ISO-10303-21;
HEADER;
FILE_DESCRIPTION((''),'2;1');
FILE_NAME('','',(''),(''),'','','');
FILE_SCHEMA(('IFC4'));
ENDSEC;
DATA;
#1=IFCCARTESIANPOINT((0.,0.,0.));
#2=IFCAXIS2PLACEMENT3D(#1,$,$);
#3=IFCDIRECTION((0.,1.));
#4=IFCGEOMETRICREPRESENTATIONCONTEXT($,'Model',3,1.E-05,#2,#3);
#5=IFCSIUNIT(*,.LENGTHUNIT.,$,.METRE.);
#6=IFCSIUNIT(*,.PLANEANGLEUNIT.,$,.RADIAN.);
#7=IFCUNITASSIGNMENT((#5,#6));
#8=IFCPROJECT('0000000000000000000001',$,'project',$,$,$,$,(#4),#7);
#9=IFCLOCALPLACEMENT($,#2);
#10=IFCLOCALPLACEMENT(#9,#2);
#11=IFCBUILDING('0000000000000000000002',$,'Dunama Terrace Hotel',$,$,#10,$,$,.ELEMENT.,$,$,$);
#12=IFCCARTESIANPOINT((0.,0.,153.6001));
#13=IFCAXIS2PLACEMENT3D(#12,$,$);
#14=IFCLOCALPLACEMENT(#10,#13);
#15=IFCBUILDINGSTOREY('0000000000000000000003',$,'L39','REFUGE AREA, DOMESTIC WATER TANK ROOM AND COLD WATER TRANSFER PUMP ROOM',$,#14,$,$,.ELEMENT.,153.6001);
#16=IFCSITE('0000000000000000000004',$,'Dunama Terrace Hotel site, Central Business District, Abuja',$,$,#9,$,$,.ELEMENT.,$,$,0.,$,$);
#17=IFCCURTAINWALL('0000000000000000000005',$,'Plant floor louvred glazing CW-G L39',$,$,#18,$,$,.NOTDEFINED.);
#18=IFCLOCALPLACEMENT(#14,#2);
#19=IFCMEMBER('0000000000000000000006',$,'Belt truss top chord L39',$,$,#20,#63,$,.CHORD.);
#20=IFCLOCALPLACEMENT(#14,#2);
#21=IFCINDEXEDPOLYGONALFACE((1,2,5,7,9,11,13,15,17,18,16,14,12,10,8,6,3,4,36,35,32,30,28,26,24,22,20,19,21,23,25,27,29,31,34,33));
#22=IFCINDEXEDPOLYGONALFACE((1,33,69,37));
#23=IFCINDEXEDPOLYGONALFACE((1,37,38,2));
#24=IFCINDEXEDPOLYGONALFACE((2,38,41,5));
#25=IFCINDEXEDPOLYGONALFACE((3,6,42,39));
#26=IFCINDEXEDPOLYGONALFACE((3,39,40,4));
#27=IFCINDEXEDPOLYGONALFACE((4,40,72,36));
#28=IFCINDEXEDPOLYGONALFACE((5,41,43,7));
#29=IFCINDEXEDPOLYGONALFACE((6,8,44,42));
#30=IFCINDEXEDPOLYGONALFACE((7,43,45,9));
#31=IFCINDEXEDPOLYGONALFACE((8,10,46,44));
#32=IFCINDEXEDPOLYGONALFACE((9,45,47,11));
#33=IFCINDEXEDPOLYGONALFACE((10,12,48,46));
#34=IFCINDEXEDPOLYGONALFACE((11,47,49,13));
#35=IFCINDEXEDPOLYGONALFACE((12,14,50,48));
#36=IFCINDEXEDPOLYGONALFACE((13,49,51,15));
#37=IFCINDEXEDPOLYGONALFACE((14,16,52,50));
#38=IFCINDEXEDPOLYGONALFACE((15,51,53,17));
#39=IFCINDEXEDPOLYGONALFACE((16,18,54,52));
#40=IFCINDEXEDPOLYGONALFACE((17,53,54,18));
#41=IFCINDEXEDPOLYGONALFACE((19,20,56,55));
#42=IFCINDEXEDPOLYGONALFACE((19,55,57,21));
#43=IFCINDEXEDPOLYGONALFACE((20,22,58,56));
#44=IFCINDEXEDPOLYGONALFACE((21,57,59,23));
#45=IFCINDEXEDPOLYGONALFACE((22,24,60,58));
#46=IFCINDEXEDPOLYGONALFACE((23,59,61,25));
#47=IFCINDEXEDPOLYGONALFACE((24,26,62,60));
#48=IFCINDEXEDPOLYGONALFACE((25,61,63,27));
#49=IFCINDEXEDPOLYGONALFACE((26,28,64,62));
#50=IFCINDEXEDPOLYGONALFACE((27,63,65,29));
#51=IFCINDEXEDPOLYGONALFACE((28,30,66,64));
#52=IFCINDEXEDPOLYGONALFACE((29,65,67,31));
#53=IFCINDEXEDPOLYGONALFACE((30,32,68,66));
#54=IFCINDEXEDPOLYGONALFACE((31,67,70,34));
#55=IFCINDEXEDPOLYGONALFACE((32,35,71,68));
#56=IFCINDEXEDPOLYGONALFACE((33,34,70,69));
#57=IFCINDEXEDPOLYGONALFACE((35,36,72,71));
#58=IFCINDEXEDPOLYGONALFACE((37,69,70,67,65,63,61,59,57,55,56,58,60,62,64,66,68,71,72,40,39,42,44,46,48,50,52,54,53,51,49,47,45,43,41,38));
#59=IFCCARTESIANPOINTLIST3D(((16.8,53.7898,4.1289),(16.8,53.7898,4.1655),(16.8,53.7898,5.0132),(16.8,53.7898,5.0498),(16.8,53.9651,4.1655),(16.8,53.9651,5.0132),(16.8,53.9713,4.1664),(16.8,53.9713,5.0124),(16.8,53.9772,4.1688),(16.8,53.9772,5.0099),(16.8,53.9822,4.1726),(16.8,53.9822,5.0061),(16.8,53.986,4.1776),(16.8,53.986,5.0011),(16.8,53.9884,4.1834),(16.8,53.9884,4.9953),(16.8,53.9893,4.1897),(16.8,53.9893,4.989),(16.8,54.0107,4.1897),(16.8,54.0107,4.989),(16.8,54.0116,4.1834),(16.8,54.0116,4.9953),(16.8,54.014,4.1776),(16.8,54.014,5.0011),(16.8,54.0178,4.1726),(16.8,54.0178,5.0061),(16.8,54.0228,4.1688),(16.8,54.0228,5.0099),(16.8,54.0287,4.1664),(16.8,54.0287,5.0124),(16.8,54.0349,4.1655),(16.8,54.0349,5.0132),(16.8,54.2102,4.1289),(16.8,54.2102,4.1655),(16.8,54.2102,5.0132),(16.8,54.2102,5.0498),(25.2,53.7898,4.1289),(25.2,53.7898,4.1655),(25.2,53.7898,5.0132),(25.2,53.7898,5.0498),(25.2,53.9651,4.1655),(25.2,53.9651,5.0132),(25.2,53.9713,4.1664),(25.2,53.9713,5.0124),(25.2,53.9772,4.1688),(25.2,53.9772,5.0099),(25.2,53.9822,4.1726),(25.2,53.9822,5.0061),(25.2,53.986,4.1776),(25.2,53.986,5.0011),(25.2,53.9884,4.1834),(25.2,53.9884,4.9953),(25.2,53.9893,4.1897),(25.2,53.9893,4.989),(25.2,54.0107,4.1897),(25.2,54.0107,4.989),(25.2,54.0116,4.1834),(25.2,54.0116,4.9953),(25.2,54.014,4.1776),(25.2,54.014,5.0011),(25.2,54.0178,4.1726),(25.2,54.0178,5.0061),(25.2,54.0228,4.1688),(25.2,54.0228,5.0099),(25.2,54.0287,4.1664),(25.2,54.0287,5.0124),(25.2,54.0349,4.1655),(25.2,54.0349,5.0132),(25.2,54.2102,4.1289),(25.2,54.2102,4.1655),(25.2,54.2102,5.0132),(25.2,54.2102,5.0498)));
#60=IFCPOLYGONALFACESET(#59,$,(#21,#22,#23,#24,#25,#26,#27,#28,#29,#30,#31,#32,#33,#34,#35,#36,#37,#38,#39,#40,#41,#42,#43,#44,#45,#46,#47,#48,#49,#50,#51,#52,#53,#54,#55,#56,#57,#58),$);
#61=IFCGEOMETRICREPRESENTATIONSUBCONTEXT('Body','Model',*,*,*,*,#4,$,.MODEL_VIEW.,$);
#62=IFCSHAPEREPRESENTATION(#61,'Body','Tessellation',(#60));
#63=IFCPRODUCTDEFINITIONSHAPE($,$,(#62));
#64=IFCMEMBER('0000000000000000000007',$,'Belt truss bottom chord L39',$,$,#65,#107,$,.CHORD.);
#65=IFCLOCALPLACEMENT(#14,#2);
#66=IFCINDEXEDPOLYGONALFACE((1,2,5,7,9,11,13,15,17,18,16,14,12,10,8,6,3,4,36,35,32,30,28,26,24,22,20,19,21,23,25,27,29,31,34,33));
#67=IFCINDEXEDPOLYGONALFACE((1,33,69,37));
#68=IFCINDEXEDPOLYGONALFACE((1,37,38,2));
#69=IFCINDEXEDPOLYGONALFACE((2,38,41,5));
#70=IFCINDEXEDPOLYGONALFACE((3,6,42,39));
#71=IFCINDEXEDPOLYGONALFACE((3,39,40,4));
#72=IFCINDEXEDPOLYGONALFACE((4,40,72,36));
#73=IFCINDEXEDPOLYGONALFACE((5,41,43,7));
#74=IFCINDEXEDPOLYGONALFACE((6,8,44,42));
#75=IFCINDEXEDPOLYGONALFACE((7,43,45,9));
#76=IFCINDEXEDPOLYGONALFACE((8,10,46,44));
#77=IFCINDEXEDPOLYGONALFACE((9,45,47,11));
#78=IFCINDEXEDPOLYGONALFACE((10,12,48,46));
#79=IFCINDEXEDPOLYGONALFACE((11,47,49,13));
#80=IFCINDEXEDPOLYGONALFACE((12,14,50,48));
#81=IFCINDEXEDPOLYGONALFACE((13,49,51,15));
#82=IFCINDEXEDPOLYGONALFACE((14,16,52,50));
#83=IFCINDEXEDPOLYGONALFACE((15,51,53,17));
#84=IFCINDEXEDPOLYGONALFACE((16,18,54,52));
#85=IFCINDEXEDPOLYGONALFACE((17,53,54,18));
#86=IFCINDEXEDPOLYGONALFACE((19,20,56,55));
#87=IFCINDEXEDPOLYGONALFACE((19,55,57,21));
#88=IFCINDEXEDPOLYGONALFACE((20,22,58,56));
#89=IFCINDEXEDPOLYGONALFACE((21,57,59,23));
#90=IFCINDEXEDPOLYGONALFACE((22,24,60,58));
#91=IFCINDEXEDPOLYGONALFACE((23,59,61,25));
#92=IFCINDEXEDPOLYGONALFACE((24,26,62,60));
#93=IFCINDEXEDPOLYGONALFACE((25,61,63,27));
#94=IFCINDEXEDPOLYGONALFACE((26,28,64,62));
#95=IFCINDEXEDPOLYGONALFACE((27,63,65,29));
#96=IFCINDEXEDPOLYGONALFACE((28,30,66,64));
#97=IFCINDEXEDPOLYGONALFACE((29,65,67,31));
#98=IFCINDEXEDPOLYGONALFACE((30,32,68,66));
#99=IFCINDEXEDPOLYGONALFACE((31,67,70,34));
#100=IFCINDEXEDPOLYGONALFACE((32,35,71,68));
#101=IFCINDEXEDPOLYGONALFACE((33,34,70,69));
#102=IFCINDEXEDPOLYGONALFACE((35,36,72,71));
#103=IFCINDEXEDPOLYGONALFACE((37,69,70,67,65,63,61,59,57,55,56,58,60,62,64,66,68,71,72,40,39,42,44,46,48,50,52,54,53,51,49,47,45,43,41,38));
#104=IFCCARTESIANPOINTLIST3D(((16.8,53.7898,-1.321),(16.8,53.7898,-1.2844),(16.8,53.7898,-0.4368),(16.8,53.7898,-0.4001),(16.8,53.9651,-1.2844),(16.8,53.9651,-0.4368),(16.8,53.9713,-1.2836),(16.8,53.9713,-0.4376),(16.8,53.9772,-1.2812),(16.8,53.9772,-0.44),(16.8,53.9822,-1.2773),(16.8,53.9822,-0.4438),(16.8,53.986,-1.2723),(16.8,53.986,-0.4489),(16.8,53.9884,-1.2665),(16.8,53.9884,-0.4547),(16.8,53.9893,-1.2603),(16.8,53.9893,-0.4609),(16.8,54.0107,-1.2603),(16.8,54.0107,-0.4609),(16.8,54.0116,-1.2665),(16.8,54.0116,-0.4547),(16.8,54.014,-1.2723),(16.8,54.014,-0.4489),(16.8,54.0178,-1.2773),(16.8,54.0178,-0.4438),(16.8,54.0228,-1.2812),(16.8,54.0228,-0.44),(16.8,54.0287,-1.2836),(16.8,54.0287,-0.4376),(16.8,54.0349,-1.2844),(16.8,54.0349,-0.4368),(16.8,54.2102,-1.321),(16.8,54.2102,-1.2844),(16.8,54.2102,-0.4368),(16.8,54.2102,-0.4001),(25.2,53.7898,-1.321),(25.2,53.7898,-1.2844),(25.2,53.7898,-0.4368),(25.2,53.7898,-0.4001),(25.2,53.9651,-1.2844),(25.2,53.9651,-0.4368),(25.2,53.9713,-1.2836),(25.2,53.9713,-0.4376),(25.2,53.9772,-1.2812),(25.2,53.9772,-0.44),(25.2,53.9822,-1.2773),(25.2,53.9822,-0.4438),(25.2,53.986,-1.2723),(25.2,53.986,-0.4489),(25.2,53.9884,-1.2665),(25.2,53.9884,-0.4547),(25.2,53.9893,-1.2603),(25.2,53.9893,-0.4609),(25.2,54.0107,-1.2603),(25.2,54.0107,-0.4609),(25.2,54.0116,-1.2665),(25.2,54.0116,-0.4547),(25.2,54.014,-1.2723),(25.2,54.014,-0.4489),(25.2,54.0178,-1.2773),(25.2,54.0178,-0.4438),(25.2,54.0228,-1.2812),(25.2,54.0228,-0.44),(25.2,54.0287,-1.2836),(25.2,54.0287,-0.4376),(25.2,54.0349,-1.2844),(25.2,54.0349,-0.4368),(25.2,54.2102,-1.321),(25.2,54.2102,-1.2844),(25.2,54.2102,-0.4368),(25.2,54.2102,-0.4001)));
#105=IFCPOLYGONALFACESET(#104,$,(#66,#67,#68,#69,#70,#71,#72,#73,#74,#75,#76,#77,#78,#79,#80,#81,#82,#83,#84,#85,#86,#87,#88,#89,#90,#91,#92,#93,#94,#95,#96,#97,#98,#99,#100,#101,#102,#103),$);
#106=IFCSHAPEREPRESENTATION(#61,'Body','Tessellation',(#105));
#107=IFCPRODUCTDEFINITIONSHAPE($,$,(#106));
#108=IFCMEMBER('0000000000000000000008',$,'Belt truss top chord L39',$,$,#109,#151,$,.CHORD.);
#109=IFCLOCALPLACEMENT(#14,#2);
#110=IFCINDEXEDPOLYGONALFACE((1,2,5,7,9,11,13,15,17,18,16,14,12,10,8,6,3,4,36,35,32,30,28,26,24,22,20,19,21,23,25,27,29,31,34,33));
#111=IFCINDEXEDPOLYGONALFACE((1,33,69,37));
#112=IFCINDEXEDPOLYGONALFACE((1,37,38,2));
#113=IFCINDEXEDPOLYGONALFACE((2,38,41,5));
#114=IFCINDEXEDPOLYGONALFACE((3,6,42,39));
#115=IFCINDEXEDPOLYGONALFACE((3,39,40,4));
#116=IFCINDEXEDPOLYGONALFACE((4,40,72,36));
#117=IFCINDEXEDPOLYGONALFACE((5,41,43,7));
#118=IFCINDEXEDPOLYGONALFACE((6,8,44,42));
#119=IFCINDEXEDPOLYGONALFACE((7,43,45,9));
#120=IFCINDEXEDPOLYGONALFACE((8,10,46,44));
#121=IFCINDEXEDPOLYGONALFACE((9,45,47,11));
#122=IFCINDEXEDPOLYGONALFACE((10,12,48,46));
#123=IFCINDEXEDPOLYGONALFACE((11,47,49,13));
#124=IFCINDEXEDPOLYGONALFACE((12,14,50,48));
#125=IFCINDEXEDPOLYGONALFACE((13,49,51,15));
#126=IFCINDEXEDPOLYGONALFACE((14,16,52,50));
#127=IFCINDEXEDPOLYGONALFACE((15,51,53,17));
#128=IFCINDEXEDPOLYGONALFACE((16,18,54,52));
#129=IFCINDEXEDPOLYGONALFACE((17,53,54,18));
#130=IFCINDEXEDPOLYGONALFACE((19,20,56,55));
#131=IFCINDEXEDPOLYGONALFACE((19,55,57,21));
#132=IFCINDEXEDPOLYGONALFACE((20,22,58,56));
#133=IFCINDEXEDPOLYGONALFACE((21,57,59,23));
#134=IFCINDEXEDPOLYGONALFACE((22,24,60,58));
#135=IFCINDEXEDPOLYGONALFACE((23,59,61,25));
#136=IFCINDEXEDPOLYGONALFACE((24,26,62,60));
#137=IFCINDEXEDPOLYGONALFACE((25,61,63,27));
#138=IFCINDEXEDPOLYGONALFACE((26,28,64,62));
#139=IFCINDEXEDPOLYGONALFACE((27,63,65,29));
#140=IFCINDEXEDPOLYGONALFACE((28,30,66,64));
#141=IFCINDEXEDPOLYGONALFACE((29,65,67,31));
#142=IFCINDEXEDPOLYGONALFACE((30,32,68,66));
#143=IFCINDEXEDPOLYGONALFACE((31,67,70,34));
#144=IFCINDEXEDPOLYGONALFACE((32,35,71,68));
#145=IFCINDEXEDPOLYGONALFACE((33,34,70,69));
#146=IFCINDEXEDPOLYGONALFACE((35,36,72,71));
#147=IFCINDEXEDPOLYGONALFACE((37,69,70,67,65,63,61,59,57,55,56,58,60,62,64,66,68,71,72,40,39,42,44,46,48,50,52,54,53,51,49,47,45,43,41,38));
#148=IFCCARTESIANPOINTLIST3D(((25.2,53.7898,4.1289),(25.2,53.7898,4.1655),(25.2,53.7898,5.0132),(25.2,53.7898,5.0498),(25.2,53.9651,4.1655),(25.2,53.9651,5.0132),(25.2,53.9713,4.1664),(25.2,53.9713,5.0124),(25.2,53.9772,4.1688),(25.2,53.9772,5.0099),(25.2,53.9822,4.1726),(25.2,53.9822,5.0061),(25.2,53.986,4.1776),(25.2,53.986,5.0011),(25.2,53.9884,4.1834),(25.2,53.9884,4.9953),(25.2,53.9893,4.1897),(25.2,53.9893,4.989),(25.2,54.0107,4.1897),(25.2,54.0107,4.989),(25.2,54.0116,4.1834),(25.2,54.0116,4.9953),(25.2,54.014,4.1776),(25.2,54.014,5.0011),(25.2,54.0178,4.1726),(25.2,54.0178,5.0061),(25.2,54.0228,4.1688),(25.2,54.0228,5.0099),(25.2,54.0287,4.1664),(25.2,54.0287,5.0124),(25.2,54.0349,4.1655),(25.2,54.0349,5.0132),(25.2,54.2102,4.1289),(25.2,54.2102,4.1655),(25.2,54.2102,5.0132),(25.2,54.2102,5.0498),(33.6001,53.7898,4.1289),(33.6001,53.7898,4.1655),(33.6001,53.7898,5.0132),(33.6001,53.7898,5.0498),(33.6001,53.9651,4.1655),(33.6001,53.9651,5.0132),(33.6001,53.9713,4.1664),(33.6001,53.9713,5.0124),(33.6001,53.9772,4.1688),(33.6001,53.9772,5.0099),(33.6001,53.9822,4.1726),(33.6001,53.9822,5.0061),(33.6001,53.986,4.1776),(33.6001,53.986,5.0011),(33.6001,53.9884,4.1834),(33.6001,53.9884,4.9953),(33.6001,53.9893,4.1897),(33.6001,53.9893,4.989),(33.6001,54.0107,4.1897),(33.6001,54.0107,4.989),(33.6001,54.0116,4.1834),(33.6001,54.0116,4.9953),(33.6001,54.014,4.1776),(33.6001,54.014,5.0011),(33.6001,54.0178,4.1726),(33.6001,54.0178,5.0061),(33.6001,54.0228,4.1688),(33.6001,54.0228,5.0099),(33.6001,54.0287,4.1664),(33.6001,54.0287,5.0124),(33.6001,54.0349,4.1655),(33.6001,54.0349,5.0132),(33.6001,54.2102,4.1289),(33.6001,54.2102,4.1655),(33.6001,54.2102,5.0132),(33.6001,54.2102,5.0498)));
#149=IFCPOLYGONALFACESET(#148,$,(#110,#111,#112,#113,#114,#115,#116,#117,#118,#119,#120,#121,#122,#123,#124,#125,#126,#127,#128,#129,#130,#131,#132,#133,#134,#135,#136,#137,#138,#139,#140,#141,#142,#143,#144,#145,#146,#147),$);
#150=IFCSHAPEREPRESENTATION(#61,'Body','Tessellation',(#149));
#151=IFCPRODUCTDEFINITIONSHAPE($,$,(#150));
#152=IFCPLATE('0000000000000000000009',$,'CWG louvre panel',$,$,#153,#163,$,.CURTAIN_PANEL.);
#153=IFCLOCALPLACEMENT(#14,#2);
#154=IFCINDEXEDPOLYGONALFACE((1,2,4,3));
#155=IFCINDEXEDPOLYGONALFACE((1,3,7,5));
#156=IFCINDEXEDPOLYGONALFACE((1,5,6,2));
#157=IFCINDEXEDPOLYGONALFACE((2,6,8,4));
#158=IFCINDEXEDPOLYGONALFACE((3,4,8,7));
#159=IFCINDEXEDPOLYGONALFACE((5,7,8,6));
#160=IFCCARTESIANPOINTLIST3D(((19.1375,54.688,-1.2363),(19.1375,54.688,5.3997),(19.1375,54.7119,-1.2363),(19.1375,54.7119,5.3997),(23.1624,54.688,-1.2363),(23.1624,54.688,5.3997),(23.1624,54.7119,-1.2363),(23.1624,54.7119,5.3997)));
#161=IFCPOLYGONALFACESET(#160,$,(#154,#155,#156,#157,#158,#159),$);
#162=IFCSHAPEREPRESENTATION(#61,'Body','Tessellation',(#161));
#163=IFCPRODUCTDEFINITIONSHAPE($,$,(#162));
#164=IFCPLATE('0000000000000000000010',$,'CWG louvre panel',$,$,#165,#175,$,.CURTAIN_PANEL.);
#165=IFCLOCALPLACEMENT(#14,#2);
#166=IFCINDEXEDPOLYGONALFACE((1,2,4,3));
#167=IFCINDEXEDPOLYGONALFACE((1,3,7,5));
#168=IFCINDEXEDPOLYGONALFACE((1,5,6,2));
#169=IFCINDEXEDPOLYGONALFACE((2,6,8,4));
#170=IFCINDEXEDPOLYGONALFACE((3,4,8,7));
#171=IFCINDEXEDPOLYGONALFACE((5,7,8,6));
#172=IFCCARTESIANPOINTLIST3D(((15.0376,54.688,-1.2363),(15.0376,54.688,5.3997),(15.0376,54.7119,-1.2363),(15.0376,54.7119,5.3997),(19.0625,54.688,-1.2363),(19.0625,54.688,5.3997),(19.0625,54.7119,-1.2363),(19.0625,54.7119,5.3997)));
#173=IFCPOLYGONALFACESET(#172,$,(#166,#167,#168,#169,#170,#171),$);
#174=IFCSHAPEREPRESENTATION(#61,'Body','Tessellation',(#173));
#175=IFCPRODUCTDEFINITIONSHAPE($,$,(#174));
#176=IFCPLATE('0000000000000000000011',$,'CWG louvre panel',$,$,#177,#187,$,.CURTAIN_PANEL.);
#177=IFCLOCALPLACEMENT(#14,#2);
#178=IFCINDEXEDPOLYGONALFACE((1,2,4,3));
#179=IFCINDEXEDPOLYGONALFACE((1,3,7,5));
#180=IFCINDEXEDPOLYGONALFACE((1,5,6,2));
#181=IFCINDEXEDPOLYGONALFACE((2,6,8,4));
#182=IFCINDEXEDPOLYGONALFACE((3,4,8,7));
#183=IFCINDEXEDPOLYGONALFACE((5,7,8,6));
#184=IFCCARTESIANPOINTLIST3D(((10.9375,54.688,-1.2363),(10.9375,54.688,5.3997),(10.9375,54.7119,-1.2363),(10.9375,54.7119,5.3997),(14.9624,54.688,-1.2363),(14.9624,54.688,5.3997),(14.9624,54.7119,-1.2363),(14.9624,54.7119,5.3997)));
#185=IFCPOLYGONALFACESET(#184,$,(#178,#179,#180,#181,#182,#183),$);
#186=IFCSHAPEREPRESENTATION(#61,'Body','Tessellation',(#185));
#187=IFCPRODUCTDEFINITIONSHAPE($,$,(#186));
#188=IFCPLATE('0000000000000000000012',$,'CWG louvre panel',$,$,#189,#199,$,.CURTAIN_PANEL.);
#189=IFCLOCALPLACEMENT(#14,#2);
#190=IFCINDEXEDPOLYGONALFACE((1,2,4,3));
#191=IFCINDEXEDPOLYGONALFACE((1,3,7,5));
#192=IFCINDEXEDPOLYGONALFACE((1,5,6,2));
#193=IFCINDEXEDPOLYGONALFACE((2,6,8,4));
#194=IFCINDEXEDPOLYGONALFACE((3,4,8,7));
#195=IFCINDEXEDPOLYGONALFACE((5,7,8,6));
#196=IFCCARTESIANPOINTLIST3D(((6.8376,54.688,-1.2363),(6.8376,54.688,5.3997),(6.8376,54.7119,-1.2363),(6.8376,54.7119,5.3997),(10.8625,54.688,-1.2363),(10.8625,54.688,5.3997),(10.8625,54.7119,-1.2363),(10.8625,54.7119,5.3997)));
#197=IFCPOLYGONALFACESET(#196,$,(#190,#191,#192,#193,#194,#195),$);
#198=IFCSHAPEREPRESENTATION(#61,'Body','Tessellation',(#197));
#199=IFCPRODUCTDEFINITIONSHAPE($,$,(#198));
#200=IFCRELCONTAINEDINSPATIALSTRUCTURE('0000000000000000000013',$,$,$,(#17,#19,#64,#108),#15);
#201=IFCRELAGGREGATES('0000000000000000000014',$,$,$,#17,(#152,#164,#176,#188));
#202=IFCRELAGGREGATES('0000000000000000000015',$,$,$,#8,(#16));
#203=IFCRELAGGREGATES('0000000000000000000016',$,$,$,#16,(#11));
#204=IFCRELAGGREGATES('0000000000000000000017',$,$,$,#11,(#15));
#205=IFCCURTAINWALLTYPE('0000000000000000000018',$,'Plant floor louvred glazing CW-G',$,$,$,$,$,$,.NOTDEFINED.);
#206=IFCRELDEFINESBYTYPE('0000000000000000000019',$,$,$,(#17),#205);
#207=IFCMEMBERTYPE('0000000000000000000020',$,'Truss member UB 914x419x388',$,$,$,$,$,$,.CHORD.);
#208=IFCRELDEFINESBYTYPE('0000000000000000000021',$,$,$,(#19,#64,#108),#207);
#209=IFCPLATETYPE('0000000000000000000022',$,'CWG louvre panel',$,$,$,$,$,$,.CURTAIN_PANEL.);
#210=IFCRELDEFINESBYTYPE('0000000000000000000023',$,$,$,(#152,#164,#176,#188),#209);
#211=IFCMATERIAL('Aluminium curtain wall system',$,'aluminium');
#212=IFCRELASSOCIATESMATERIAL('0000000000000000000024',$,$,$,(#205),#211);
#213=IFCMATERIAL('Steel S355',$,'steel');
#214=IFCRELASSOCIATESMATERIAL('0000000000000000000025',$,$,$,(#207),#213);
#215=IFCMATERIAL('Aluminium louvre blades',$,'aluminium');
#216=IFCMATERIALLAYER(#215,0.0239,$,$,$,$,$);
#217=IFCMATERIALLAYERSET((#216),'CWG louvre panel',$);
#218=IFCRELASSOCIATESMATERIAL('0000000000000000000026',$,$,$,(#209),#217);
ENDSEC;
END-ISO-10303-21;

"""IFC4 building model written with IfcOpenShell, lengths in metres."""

from ifc_helpers import new_model, si_unit, direction, frame, origin, origin_2d, place, context, subcontext, project, spatial, rectangle, i_section, extrude, material, layer, layer_set, material_profile, profile_set, type_object, element, aggregate, save


model = new_model("IFC4")

# Units and contexts
model_context = context("Model", 3, precision=1e-05, world=origin(), true_north=direction((0.0, 1.0)))
body_context = subcontext(model_context, "Body", "Model", "MODEL_VIEW")
ifc_project = project(units=[si_unit("LENGTHUNIT", "METRE"), si_unit("PLANEANGLEUNIT", "RADIAN")], contexts=[model_context])

# Site, building, storey
site_placement = place(None, origin())
site = spatial("IfcSite", under=ifc_project, at=site_placement, Name="Dunama Terrace Hotel site, Central Business District, Abuja", CompositionType="ELEMENT", RefElevation=0.0)
building_placement = place(site_placement, origin())
building = spatial("IfcBuilding", under=site, at=building_placement, Name="Dunama Terrace Hotel", CompositionType="ELEMENT")
storey_placement = place(building_placement, frame((0.0, 0.0, 153.6001)))
storey = spatial("IfcBuildingStorey", under=building, at=storey_placement, Name="L39", Description="REFUGE AREA, DOMESTIC WATER TANK ROOM AND COLD WATER TRANSFER PUMP ROOM", CompositionType="ELEMENT", Elevation=153.6001)

# Curtain wall
ifc_material_1 = material(Name="Aluminium curtain wall system", Category="aluminium")
curtain_wall_type = type_object("IfcCurtainWallType", Name="Plant floor louvred glazing CW-G", PredefinedType="NOTDEFINED", material=ifc_material_1)
curtain_wall_placement = place(storey_placement, origin())
curtain_wall = element("IfcCurtainWall", 1, at=curtain_wall_placement, inside=storey, type_object=curtain_wall_type, Name="Plant floor louvred glazing CW-G L39", PredefinedType="NOTDEFINED")

# Members
ifc_material_2 = material(Name="Steel S355", Category="steel")
ifc_material_profile_1 = material_profile(ifc_material_2, i_section(OverallWidth=0.4204, OverallDepth=0.9209, WebThickness=0.0215, FlangeThickness=0.0366, FilletRadius=0.0242, at=origin_2d()), Name="UB 914x419x388")
ifc_profile_set_1 = profile_set([ifc_material_profile_1], Name="Steel S355")
member_type_1 = type_object("IfcMemberType", Name="Truss member UB 914x419x388", PredefinedType="CHORD", material=ifc_profile_set_1)
for number, where, z_axis, x_axis, name in (
    (2, (16.8, 54.0, 4.5894), (1.0, 0.0, 0.0), (0.0, 1.0, 0.0), "Belt truss top chord L39"),
    (3, (16.8, 54.0, -0.8606), (1.0, 0.0, 0.0), (0.0, 1.0, 0.0), "Belt truss bottom chord L39"),
):
    element("IfcMember", number, at=place(storey_placement, frame(where, z_axis=z_axis, x_axis=x_axis)), inside=storey, type_object=member_type_1, Name=name, PredefinedType="CHORD", context=body_context, shape_type="SweptSolid", body=[
        extrude(i_section(OverallWidth=0.4204, OverallDepth=0.9209, WebThickness=0.0215, FlangeThickness=0.0366, FilletRadius=0.0242, at=origin_2d()), origin(), (0.0, 0.0, 1.0), 8.3999),
    ])
member_1_placement = place(storey_placement, frame((25.2, 54.0, 4.5894), z_axis=(1.0, 0.0, 0.0), x_axis=(0.0, 1.0, 0.0)))
element("IfcMember", 4, at=member_1_placement, inside=storey, type_object=member_type_1, Name="Belt truss top chord L39", PredefinedType="CHORD", context=body_context, shape_type="SweptSolid", body=[
    extrude(i_section(OverallWidth=0.4204, OverallDepth=0.9209, WebThickness=0.0215, FlangeThickness=0.0366, FilletRadius=0.0242, at=origin_2d()), origin(), (0.0, 0.0, 1.0), 8.4001),
])

# Plates
ifc_material_3 = material(Name="Aluminium louvre blades", Category="aluminium")
ifc_layer_1 = layer(ifc_material_3, 0.0239)
ifc_layer_set_1 = layer_set([ifc_layer_1], Name="CWG louvre panel")
plate_type = type_object("IfcPlateType", Name="CWG louvre panel", PredefinedType="CURTAIN_PANEL", material=ifc_layer_set_1)
plate_1_placement = place(storey_placement, frame((21.1499, 54.7, -1.2363), z_axis=(0.0, 0.0, 1.0), x_axis=(-1.0, 0.0, 0.0)))
plate_1 = element("IfcPlate", 5, at=plate_1_placement, type_object=plate_type, Name="CWG louvre panel", PredefinedType="CURTAIN_PANEL", context=body_context, shape_type="SweptSolid", body=[
    extrude(rectangle(XDim=4.0249, YDim=0.0239, at=origin_2d()), origin(), (0.0, 0.0, 1.0), 6.636),
])
plate_2_placement = place(storey_placement, frame((17.05, 54.7, -1.2363), z_axis=(0.0, 0.0, 1.0), x_axis=(-1.0, 0.0, 0.0)))
plate_2 = element("IfcPlate", 6, at=plate_2_placement, type_object=plate_type, Name="CWG louvre panel", PredefinedType="CURTAIN_PANEL", context=body_context, shape_type="SweptSolid", body=[
    extrude(rectangle(XDim=4.0249, YDim=0.0239, at=origin_2d()), origin(), (0.0, 0.0, 1.0), 6.636),
])
plate_3_placement = place(storey_placement, frame((12.95, 54.7, -1.2363), z_axis=(0.0, 0.0, 1.0), x_axis=(-1.0, 0.0, 0.0)))
plate_3 = element("IfcPlate", 7, at=plate_3_placement, type_object=plate_type, Name="CWG louvre panel", PredefinedType="CURTAIN_PANEL", context=body_context, shape_type="SweptSolid", body=[
    extrude(rectangle(XDim=4.0249, YDim=0.0239, at=origin_2d()), origin(), (0.0, 0.0, 1.0), 6.636),
])
plate_4_placement = place(storey_placement, frame((8.8501, 54.7, -1.2363), z_axis=(0.0, 0.0, 1.0), x_axis=(-1.0, 0.0, 0.0)))
plate_4 = element("IfcPlate", 8, at=plate_4_placement, type_object=plate_type, Name="CWG louvre panel", PredefinedType="CURTAIN_PANEL", context=body_context, shape_type="SweptSolid", body=[
    extrude(rectangle(XDim=4.0249, YDim=0.0239, at=origin_2d()), origin(), (0.0, 0.0, 1.0), 6.636),
])
aggregate(curtain_wall, [plate_1, plate_2, plate_3, plate_4])

save(model, "model.ifc")
